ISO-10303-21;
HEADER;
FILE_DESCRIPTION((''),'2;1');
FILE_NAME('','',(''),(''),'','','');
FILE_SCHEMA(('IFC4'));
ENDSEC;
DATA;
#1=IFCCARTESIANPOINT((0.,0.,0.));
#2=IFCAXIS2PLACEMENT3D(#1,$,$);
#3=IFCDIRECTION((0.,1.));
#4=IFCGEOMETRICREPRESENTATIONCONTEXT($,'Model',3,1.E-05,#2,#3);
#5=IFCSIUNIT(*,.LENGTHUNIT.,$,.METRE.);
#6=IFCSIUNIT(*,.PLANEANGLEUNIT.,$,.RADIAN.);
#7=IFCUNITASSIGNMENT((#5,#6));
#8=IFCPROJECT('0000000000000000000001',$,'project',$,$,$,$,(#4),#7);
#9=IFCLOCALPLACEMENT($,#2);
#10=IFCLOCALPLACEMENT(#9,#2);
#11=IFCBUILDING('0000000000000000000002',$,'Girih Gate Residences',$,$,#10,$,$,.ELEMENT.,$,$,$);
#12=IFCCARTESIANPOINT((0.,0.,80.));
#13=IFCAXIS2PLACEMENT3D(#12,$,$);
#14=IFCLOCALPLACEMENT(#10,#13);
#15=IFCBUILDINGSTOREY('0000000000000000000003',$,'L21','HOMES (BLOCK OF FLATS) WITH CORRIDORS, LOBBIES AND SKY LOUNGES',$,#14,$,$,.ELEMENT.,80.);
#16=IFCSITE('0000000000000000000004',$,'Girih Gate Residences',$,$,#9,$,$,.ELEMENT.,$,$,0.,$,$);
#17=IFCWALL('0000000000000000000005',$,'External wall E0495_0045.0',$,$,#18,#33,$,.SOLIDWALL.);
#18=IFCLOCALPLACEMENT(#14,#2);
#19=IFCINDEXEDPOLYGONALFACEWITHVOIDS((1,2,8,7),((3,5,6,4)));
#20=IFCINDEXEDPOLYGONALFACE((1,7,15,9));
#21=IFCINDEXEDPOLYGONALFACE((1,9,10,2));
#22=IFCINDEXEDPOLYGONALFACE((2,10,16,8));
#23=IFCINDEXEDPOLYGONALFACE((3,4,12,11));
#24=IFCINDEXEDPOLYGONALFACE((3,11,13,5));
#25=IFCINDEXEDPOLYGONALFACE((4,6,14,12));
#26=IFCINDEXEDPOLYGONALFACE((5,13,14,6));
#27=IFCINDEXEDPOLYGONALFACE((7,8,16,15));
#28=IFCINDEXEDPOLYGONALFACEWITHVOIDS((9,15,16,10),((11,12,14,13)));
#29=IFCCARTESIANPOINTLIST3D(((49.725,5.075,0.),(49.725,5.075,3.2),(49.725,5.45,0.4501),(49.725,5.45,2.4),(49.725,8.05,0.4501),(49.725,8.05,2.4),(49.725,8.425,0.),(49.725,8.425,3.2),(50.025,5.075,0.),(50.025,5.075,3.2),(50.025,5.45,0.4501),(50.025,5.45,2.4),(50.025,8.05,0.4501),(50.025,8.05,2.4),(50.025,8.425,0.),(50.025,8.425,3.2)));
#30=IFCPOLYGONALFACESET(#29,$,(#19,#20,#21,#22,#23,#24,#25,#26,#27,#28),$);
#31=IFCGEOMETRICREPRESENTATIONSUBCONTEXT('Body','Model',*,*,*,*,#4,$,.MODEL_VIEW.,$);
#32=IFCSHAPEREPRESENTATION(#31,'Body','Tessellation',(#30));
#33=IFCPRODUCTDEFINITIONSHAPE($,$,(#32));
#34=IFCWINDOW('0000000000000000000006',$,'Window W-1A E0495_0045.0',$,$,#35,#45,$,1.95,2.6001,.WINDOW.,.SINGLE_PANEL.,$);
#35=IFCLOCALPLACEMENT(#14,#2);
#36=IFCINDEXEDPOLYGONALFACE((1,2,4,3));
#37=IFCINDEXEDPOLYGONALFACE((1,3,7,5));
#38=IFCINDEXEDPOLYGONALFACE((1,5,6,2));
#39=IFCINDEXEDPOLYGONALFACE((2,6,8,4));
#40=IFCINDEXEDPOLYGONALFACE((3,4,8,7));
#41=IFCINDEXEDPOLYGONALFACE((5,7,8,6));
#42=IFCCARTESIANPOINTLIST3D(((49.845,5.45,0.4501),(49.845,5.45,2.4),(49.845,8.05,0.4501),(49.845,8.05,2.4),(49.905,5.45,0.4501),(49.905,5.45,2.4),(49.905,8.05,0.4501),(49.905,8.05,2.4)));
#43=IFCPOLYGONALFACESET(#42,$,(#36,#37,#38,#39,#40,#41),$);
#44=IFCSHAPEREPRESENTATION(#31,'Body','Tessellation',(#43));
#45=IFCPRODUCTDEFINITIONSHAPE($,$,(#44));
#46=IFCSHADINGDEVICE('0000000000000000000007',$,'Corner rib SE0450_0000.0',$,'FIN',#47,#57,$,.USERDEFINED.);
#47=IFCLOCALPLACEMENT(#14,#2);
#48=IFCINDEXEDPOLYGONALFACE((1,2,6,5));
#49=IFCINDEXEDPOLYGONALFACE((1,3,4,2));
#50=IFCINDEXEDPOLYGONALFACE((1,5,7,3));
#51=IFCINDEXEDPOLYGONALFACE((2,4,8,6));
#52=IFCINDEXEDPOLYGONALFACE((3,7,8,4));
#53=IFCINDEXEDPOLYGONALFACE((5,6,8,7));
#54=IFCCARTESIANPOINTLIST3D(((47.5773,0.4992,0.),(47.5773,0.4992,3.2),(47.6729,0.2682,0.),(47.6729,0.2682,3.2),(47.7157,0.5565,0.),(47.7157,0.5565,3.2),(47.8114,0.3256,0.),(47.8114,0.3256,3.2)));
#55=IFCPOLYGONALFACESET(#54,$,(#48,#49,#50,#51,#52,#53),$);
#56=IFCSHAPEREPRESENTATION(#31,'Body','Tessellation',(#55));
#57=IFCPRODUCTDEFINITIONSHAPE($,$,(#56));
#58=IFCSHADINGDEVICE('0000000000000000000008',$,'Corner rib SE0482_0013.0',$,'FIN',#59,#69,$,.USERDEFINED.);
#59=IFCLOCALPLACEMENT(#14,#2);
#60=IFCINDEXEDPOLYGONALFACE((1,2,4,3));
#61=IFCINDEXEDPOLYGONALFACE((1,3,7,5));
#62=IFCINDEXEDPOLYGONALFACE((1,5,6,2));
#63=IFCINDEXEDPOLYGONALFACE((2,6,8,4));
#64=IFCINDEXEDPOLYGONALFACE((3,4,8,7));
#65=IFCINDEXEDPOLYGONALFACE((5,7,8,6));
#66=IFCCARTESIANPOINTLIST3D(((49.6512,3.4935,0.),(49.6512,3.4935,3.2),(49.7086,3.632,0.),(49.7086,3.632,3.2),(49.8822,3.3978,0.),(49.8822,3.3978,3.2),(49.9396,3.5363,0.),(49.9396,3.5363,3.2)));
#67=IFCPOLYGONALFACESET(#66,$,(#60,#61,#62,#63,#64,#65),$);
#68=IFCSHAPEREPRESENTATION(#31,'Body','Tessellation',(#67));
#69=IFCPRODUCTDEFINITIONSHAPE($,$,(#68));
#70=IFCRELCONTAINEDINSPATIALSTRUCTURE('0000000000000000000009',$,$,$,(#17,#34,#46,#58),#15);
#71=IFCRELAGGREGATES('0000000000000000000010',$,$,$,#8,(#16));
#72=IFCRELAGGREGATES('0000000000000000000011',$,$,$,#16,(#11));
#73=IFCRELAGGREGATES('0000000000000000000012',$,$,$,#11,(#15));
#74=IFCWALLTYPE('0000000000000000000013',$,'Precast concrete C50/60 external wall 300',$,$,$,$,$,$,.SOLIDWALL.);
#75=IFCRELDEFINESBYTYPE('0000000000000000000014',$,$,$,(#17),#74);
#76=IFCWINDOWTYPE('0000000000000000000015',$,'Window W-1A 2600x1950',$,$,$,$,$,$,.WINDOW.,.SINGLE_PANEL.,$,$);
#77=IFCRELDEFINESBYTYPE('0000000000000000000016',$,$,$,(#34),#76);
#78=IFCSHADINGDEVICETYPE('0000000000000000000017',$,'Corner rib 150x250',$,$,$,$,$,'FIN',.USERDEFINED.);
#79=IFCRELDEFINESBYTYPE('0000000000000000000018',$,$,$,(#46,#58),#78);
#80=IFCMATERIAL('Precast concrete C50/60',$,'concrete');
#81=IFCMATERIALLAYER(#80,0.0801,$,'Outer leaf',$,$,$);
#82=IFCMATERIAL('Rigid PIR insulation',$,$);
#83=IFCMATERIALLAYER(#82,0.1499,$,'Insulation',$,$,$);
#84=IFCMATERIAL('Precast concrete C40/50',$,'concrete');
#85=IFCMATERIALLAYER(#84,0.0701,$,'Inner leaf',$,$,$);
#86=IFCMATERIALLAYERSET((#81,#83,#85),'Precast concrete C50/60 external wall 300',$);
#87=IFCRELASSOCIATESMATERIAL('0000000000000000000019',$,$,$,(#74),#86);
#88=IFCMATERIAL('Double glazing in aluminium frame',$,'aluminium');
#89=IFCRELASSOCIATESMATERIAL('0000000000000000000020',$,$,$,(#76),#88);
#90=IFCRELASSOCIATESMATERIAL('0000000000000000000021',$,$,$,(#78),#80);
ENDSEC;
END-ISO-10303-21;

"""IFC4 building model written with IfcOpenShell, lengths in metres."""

from ifc_helpers import new_model, si_unit, direction, frame, frame_2d, origin, origin_2d, place, context, subcontext, project, spatial, rectangle, extrude, material, layer, layer_set, type_object, element, fill, save


model = new_model("IFC4")

# Units and contexts
model_context = context("Model", 3, precision=1e-05, world=origin(), true_north=direction((0.0, 1.0)))
body_context = subcontext(model_context, "Body", "Model", "MODEL_VIEW")
ifc_project = project(units=[si_unit("LENGTHUNIT", "METRE"), si_unit("PLANEANGLEUNIT", "RADIAN")], contexts=[model_context])

# Site, building, storey
site_placement = place(None, origin())
site = spatial("IfcSite", under=ifc_project, at=site_placement, Name="Girih Gate Residences", CompositionType="ELEMENT", RefElevation=0.0)
building_placement = place(site_placement, origin())
building = spatial("IfcBuilding", under=site, at=building_placement, Name="Girih Gate Residences", CompositionType="ELEMENT")
storey_placement = place(building_placement, frame((0.0, 0.0, 80.0)))
storey = spatial("IfcBuildingStorey", under=building, at=storey_placement, Name="L21", Description="HOMES (BLOCK OF FLATS) WITH CORRIDORS, LOBBIES AND SKY LOUNGES", CompositionType="ELEMENT", Elevation=80.0)

# Wall, opening, window
ifc_material_1 = material(Name="Precast concrete C50/60", Category="concrete")
ifc_layer_1 = layer(ifc_material_1, 0.0801, Name="Outer leaf")
ifc_material_2 = material(Name="Rigid PIR insulation")
ifc_layer_2 = layer(ifc_material_2, 0.1499, Name="Insulation")
ifc_material_3 = material(Name="Precast concrete C40/50", Category="concrete")
ifc_layer_3 = layer(ifc_material_3, 0.0701, Name="Inner leaf")
ifc_layer_set_1 = layer_set([ifc_layer_1, ifc_layer_2, ifc_layer_3], Name="Precast concrete C50/60 external wall 300")
wall_type_1 = type_object("IfcWallType", Name="Precast concrete C50/60 external wall 300", PredefinedType="SOLIDWALL", material=ifc_layer_set_1)
ifc_material_4 = material(Name="Double glazing in aluminium frame", Category="aluminium")
wall_1_placement = place(storey_placement, frame((49.875, 8.425, 0.0), z_axis=(0.0, 0.0, 1.0), x_axis=(0.0, -1.0, 0.0)))
wall_1 = element("IfcWall", 1, at=wall_1_placement, inside=storey, type_object=wall_type_1, Name="External wall E0495_0045.0", PredefinedType="SOLIDWALL", context=body_context, shape_type="SweptSolid", body=[
    extrude(rectangle(XDim=3.3501, YDim=0.3, at=frame_2d((1.675, 0.0))), origin(), (0.0, 0.0, 1.0), 3.2),
])
opening_1_placement = place(wall_1_placement, frame((0.375, 0.0, 0.45)))
opening_1 = element("IfcOpeningElement", 2, at=opening_1_placement, cuts=wall_1, PredefinedType="OPENING", context=body_context, shape_type="SweptSolid", body=[
    extrude(rectangle(XDim=2.6001, YDim=1.95, at=frame_2d((1.3, 0.9751))), frame((0.0, 0.1599, 0.0), z_axis=(0.0, -1.0, 0.0), x_axis=(1.0, 0.0, 0.0)), (0.0, 0.0, 1.0), 0.3201),
])
window_type_1 = type_object("IfcWindowType", Name="Window W-1A 2600x1950", PartitioningType="SINGLE_PANEL", PredefinedType="WINDOW", material=ifc_material_4)
window_1_placement = place(opening_1_placement, origin())
window_1 = element("IfcWindow", 3, at=window_1_placement, inside=storey, type_object=window_type_1, Name="Window W-1A E0495_0045.0", OverallHeight=1.95, OverallWidth=2.6001, PartitioningType="SINGLE_PANEL", PredefinedType="WINDOW", context=body_context, shape_type="SweptSolid", body=[
    extrude(rectangle(XDim=2.6001, YDim=1.95, at=frame_2d((1.3, 0.9751))), frame((0.0, 0.03, 0.0), z_axis=(0.0, -1.0, 0.0), x_axis=(1.0, 0.0, 0.0)), (0.0, 0.0, 1.0), 0.0601),
])
fill(opening_1, window_1)

# Shading devices
shading_device_type = type_object("IfcShadingDeviceType", Name="Corner rib 150x250", ElementType="FIN", PredefinedType="USERDEFINED", material=ifc_material_1)
for number, where, z_axis, x_axis, name in (
    (4, (47.6943, 0.4124, 0.0), (0.0, 0.0, 1.0), (0.92388, 0.382683, 0.0), "Corner rib SE0450_0000.0"),
    (5, (49.7954, 3.5149, 0.0), (0.0, 0.0, 1.0), (0.382683, 0.92388, 0.0), "Corner rib SE0482_0013.0"),
):
    element("IfcShadingDevice", number, at=place(storey_placement, frame(where, z_axis=z_axis, x_axis=x_axis)), inside=storey, type_object=shading_device_type, Name=name, ObjectType="FIN", PredefinedType="USERDEFINED", context=body_context, shape_type="SweptSolid", body=[
        extrude(rectangle(XDim=0.1499, YDim=0.25, at=origin_2d()), origin(), (0.0, 0.0, 1.0), 3.2),
    ])

save(model, "model.ifc")
